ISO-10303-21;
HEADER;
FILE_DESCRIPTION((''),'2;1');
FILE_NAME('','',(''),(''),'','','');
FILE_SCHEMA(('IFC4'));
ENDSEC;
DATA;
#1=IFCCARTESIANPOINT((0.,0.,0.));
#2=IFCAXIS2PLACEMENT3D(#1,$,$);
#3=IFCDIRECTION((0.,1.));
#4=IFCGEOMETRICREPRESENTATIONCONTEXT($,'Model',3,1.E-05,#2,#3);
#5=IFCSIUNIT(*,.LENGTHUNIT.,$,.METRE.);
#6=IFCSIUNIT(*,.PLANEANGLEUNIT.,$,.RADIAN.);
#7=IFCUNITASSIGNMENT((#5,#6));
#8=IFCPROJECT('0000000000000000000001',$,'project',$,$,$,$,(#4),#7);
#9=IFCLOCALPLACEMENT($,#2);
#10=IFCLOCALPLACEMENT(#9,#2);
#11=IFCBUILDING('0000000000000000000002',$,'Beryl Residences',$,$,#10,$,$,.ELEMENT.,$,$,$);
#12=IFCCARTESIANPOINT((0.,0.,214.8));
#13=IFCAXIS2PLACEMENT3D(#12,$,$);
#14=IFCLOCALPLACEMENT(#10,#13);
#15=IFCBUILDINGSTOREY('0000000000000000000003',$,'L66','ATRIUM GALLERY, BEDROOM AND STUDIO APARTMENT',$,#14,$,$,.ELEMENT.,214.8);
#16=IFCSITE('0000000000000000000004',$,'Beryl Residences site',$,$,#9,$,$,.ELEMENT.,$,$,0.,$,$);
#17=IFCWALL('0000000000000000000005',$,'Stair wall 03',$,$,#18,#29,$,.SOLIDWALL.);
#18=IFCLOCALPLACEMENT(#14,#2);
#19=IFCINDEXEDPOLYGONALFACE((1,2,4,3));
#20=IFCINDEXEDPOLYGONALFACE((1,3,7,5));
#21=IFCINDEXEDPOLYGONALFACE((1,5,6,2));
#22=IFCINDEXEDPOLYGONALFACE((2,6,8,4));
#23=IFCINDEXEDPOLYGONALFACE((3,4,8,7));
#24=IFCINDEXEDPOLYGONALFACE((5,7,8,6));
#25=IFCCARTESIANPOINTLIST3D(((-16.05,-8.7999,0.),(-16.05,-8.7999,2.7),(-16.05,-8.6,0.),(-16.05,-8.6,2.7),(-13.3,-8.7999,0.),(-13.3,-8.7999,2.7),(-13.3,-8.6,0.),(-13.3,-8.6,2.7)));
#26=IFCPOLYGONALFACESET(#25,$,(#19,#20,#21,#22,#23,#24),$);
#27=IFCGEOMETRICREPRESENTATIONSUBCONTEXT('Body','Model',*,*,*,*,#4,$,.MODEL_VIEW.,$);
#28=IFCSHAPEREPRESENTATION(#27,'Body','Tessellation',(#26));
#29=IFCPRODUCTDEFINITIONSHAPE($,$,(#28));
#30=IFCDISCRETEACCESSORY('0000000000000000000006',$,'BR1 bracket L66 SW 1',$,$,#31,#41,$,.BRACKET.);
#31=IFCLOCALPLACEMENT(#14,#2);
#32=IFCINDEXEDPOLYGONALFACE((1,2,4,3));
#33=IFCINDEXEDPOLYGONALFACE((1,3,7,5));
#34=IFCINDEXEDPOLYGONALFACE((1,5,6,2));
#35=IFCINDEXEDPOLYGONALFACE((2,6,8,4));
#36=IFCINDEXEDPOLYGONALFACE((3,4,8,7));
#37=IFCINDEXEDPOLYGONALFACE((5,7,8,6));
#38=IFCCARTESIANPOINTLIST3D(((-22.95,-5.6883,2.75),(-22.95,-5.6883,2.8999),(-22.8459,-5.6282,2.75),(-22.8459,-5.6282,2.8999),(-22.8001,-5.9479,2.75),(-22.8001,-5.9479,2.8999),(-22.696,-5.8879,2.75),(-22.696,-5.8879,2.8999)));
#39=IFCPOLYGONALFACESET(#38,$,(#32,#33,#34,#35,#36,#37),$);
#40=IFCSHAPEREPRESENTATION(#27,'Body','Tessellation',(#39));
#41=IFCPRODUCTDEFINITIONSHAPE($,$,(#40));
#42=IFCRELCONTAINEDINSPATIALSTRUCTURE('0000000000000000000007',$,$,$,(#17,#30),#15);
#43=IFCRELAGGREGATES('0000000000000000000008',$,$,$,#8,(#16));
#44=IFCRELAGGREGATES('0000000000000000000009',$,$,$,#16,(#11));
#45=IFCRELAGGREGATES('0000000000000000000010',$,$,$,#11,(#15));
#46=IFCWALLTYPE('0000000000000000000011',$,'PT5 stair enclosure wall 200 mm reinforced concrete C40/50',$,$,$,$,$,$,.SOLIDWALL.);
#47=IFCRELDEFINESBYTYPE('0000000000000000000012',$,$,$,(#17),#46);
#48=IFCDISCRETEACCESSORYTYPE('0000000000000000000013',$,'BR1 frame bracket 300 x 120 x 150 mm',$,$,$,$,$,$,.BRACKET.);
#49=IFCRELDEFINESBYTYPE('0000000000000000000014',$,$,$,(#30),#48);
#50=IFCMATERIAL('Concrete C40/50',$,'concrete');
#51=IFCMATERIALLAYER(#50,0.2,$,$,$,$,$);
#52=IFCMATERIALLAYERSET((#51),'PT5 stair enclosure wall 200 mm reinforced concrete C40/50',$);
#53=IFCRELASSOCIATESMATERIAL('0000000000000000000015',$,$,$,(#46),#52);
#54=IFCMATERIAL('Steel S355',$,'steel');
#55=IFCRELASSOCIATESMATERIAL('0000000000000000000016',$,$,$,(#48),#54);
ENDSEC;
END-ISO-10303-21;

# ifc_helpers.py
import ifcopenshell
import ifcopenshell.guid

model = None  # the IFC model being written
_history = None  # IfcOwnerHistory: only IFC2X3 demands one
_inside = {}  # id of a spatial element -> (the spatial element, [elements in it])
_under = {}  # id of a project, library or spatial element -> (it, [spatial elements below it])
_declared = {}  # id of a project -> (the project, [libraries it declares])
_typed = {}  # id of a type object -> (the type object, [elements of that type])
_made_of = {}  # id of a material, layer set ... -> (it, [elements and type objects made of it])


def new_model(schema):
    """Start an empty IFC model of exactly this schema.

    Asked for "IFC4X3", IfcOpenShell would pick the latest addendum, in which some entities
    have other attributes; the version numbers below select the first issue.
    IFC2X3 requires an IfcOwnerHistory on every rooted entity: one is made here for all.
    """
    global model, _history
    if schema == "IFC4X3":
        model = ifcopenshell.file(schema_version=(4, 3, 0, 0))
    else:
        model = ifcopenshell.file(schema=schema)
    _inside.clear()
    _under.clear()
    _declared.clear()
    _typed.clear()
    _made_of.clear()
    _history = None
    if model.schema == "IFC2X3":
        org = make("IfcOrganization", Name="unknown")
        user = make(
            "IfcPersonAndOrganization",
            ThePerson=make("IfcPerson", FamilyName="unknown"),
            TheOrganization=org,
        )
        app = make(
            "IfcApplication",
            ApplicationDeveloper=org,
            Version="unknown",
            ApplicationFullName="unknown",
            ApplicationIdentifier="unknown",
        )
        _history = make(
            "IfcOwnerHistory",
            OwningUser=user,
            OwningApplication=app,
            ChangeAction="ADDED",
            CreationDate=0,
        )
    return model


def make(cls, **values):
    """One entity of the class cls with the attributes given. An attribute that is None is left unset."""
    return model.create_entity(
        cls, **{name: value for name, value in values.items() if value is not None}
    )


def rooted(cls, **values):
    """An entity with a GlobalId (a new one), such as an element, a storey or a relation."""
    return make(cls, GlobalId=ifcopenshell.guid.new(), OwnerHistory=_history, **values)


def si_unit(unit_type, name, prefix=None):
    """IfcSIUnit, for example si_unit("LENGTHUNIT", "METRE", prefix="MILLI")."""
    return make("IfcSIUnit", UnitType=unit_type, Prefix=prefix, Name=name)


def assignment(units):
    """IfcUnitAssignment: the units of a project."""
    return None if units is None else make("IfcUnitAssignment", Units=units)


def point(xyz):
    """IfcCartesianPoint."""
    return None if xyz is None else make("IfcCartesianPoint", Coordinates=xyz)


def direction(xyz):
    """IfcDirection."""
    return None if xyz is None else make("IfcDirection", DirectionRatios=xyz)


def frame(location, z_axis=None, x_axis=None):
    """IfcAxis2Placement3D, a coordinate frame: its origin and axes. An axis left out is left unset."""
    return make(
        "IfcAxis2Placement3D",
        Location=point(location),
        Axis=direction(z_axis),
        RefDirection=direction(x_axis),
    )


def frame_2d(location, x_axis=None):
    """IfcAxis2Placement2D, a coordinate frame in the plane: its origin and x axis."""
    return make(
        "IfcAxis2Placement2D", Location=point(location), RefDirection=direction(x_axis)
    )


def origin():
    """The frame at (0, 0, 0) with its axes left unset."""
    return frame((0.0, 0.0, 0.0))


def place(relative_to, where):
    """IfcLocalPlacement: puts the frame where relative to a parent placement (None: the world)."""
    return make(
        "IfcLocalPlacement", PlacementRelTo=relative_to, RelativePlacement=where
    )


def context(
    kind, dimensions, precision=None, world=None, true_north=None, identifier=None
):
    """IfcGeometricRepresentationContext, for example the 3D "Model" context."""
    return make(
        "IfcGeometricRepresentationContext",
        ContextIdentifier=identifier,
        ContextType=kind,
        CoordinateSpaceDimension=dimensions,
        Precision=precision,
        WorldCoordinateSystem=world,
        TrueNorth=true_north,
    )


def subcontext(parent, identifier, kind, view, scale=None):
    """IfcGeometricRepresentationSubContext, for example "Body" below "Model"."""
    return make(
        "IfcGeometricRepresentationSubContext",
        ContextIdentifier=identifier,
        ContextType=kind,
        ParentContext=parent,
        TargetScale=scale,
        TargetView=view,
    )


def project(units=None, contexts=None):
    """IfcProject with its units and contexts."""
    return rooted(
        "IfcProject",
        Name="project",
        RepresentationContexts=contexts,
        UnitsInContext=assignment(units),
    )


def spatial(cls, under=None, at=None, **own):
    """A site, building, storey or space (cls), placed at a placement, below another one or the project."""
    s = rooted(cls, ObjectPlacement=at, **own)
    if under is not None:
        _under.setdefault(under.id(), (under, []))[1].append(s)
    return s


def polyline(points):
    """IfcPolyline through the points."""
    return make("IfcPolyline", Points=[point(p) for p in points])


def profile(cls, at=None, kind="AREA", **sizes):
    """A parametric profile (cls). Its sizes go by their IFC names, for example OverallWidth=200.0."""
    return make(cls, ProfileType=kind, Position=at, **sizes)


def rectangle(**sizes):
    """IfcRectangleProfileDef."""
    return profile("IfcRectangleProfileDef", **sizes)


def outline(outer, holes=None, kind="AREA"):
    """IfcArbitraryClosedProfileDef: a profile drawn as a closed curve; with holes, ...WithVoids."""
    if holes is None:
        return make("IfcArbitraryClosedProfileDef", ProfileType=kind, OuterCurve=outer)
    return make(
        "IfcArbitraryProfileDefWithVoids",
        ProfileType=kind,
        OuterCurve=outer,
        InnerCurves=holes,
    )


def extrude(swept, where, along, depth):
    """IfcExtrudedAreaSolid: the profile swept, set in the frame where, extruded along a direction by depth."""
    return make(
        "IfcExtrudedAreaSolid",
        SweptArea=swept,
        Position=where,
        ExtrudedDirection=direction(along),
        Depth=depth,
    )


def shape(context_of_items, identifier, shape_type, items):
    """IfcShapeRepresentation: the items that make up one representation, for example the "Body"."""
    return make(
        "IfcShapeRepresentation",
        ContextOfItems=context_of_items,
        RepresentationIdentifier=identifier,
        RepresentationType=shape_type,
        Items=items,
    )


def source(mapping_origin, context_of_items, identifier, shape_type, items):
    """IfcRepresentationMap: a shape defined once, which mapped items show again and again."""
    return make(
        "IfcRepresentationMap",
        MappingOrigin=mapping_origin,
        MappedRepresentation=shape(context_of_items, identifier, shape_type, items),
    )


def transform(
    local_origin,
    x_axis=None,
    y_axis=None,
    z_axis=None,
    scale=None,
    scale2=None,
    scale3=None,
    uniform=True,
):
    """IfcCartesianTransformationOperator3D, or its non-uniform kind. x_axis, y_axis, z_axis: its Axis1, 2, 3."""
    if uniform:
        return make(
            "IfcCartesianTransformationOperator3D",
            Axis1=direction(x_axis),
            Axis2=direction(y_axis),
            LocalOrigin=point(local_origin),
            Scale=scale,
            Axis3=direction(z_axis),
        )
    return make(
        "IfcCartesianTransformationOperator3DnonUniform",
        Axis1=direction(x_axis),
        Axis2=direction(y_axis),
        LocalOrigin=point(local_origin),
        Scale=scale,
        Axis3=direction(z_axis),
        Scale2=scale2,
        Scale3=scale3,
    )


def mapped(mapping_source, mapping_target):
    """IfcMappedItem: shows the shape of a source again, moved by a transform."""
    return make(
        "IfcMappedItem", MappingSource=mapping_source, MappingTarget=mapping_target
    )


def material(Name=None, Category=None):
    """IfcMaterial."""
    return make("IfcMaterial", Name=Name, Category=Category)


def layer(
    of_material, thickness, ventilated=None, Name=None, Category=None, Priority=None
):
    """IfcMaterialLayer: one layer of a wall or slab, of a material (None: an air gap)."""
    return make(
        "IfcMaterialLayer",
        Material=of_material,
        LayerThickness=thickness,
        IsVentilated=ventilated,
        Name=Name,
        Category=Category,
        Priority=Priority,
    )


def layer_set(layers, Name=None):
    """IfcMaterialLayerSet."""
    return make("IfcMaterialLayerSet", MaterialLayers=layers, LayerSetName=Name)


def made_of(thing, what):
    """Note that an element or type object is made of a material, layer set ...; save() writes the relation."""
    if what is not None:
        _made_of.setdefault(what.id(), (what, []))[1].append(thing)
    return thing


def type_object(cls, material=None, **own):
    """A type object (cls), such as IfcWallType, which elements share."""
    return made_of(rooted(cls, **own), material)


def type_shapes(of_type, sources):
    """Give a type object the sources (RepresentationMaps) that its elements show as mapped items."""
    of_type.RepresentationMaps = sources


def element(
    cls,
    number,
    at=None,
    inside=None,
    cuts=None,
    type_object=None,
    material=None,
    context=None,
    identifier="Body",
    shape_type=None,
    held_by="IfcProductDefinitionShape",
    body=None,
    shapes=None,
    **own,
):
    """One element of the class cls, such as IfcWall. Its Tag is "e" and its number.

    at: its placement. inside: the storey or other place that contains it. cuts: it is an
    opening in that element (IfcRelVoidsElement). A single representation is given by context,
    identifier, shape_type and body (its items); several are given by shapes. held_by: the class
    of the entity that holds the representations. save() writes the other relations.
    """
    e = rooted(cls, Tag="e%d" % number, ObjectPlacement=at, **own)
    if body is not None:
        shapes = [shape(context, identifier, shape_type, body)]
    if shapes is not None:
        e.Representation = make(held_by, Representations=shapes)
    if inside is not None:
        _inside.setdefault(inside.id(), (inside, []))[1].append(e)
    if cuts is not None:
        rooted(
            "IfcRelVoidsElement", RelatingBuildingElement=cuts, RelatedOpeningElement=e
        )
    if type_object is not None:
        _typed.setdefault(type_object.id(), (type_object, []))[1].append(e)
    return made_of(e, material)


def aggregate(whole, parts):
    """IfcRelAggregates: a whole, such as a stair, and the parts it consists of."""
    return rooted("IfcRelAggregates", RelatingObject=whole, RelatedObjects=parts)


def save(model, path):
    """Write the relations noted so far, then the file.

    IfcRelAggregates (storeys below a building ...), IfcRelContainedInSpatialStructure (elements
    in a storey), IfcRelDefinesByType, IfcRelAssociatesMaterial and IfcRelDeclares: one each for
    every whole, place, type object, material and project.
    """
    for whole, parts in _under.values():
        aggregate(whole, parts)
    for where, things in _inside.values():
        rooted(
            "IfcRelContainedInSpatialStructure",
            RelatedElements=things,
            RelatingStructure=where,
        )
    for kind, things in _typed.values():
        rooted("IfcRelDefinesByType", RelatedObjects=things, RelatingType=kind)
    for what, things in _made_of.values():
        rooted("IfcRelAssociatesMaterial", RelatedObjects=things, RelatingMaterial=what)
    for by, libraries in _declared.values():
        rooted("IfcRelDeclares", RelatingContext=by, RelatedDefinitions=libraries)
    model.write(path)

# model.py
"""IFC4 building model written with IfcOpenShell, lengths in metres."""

from ifc_helpers import new_model, si_unit, direction, frame, frame_2d, origin, place, context, subcontext, project, spatial, polyline, rectangle, outline, extrude, source, transform, mapped, material, layer, layer_set, type_object, type_shapes, element, save


model = new_model("IFC4")

# Units and contexts
model_context = context("Model", 3, precision=1e-05, world=origin(), true_north=direction((0.0, 1.0)))
body_context = subcontext(model_context, "Body", "Model", "MODEL_VIEW")
ifc_project = project(units=[si_unit("LENGTHUNIT", "METRE"), si_unit("PLANEANGLEUNIT", "RADIAN")], contexts=[model_context])

# Site, building, storey
site_placement = place(None, origin())
site = spatial("IfcSite", under=ifc_project, at=site_placement, Name="Beryl Residences site", CompositionType="ELEMENT", RefElevation=0.0)
building_placement = place(site_placement, origin())
building = spatial("IfcBuilding", under=site, at=building_placement, Name="Beryl Residences", CompositionType="ELEMENT")
storey_placement = place(building_placement, frame((0.0, 0.0, 214.8)))
storey = spatial("IfcBuildingStorey", under=building, at=storey_placement, Name="L66", Description="ATRIUM GALLERY, BEDROOM AND STUDIO APARTMENT", CompositionType="ELEMENT", Elevation=214.8)

# Wall
ifc_material_1 = material(Name="Concrete C40/50", Category="concrete")
ifc_layer_1 = layer(ifc_material_1, 0.2)
ifc_layer_set_1 = layer_set([ifc_layer_1], Name="PT5 stair enclosure wall 200 mm reinforced concrete C40/50")
wall_type_1 = type_object("IfcWallType", Name="PT5 stair enclosure wall 200 mm reinforced concrete C40/50", PredefinedType="SOLIDWALL", material=ifc_layer_set_1)
wall_1_placement = place(storey_placement, frame((-16.05, -8.7, 0.0), z_axis=(0.0, 0.0, 1.0), x_axis=(1.0, 0.0, 0.0)))
element("IfcWall", 1, at=wall_1_placement, inside=storey, type_object=wall_type_1, Name="Stair wall 03", PredefinedType="SOLIDWALL", context=body_context, shape_type="SweptSolid", body=[
    extrude(rectangle(XDim=2.75, YDim=0.2, at=frame_2d((1.375, 0.0))), origin(), (0.0, 0.0, 1.0), 2.7),
])

# Discrete accessory
ifc_material_2 = material(Name="Steel S355", Category="steel")
discrete_accessory_type = type_object("IfcDiscreteAccessoryType", Name="BR1 frame bracket 300 x 120 x 150 mm", PredefinedType="BRACKET", material=ifc_material_2)
shared_shape_1 = source(origin(), body_context, "Body", "SweptSolid", [
    extrude(outline(polyline([(-0.1499, 0.0), (0.1499, 0.0), (0.1499, 0.1201), (-0.1499, 0.1201), (-0.1499, 0.0)])), origin(), (0.0, 0.0, 1.0), 0.1499),
])
type_shapes(discrete_accessory_type, [shared_shape_1])
discrete_accessory_placement = place(storey_placement, frame((-22.771, -5.7581, 2.75), z_axis=(0.0, 0.0, 1.0), x_axis=(-0.5, 0.866025, 0.0)))
element("IfcDiscreteAccessory", 2, at=discrete_accessory_placement, inside=storey, type_object=discrete_accessory_type, Name="BR1 bracket L66 SW 1", PredefinedType="BRACKET", context=body_context, shape_type="MappedRepresentation", body=[
    mapped(shared_shape_1, transform((0.0, 0.0, 0.0))),
])

save(model, "model.ifc")
